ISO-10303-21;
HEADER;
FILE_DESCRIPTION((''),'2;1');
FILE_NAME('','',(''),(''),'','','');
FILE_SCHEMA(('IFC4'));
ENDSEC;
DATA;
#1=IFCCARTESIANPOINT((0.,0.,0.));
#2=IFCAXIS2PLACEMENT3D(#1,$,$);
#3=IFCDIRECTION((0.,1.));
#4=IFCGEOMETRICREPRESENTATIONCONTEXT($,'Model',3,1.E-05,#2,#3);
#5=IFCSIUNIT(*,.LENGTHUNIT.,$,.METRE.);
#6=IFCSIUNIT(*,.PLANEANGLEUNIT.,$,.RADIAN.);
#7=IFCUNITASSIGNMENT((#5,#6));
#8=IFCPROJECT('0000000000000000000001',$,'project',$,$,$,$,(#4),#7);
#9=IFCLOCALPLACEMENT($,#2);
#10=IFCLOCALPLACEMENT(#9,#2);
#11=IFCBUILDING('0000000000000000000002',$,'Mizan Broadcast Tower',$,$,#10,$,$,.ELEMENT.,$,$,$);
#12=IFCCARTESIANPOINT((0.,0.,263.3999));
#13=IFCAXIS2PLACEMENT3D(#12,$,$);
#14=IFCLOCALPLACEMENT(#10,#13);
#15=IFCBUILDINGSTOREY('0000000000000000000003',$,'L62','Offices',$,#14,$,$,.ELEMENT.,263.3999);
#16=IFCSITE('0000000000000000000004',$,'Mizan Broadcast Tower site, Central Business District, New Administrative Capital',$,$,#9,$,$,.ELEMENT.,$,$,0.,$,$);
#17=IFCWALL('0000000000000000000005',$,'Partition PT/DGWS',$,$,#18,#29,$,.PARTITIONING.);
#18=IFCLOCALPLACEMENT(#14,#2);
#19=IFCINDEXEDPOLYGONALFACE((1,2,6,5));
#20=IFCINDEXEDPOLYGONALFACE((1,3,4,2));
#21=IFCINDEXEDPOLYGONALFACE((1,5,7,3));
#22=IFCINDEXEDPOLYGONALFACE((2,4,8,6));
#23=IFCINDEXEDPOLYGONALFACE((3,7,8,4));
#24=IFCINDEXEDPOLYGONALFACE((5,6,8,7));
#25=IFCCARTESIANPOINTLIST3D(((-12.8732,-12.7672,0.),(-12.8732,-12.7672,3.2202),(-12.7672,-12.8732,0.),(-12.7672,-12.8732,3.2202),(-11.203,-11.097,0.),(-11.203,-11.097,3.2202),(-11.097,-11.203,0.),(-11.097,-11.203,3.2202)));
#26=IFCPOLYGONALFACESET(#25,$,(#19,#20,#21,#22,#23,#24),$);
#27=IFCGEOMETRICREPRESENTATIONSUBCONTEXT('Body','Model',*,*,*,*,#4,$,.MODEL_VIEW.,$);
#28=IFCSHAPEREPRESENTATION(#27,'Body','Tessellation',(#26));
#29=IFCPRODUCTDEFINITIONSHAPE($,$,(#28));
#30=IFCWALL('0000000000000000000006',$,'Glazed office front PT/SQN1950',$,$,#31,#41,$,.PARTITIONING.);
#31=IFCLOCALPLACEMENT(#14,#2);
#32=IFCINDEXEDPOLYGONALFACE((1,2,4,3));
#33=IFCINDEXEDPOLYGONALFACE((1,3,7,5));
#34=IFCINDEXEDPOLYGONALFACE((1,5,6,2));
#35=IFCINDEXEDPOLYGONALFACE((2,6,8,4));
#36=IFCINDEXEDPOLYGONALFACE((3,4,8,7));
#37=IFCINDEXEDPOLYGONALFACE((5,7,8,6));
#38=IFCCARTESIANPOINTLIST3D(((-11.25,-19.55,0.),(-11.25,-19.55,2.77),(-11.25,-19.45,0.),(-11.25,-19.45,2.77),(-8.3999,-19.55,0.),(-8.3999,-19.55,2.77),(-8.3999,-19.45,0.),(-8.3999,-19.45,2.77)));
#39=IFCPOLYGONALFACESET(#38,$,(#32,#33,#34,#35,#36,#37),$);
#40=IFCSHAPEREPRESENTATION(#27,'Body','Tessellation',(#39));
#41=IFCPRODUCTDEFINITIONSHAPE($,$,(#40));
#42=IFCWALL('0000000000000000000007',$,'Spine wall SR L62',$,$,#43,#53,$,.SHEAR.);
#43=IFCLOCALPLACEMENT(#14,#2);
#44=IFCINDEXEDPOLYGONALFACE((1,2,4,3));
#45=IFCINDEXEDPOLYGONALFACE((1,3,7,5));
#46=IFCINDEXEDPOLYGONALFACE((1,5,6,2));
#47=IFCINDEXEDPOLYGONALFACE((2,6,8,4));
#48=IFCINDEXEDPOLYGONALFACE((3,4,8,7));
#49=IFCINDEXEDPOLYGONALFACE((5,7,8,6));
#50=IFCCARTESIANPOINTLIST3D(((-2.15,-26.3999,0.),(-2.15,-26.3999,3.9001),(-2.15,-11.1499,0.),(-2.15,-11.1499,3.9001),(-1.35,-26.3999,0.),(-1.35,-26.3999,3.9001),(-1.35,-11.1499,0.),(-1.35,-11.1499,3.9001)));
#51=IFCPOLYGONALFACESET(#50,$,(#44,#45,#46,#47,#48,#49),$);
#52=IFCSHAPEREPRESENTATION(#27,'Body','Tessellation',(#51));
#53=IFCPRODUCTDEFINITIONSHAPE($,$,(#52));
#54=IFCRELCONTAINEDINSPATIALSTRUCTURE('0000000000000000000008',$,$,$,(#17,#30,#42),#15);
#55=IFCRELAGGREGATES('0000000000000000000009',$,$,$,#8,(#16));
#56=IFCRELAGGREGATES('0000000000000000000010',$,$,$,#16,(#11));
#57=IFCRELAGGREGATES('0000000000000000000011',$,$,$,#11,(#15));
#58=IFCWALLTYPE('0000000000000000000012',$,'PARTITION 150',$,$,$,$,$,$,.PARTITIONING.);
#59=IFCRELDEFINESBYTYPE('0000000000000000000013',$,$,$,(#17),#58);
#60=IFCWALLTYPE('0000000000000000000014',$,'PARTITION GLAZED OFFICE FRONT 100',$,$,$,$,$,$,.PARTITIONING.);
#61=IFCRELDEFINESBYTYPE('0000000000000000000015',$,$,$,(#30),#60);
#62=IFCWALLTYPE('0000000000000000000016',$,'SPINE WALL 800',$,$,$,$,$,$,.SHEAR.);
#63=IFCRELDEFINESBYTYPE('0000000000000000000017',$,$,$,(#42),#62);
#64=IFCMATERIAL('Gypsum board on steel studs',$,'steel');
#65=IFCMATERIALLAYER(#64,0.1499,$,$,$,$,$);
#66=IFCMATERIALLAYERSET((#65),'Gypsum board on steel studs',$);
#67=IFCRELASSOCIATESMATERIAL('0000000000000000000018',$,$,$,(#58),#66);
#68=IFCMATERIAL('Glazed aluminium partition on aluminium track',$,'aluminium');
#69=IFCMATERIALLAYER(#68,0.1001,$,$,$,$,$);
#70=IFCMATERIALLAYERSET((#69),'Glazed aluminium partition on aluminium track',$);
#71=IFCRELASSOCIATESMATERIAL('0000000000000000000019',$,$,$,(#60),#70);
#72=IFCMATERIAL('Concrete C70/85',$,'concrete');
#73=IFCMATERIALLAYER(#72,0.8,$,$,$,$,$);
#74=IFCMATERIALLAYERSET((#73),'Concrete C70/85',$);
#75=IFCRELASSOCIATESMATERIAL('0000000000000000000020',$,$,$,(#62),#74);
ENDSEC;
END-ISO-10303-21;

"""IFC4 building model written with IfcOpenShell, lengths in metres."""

from ifc_helpers import new_model, si_unit, direction, frame, frame_2d, origin, place, context, subcontext, project, spatial, rectangle, extrude, material, layer, layer_set, type_object, element, save


model = new_model("IFC4")

# Units and contexts
model_context = context("Model", 3, precision=1e-05, world=origin(), true_north=direction((0.0, 1.0)))
body_context = subcontext(model_context, "Body", "Model", "MODEL_VIEW")
ifc_project = project(units=[si_unit("LENGTHUNIT", "METRE"), si_unit("PLANEANGLEUNIT", "RADIAN")], contexts=[model_context])

# Site, building, storey
site_placement = place(None, origin())
site = spatial("IfcSite", under=ifc_project, at=site_placement, Name="Mizan Broadcast Tower site, Central Business District, New Administrative Capital", CompositionType="ELEMENT", RefElevation=0.0)
building_placement = place(site_placement, origin())
building = spatial("IfcBuilding", under=site, at=building_placement, Name="Mizan Broadcast Tower", CompositionType="ELEMENT")
storey_placement = place(building_placement, frame((0.0, 0.0, 263.3999)))
storey = spatial("IfcBuildingStorey", under=building, at=storey_placement, Name="L62", Description="Offices", CompositionType="ELEMENT", Elevation=263.3999)

# Walls
ifc_material_1 = material(Name="Gypsum board on steel studs", Category="steel")
ifc_layer_1 = layer(ifc_material_1, 0.1499)
ifc_layer_set_1 = layer_set([ifc_layer_1], Name="Gypsum board on steel studs")
wall_type_1 = type_object("IfcWallType", Name="PARTITION 150", PredefinedType="PARTITIONING", material=ifc_layer_set_1)
wall_1_placement = place(storey_placement, frame((-11.1499, -11.1499, 0.0), z_axis=(0.0, 0.0, 1.0), x_axis=(-0.707107, -0.707107, 0.0)))
element("IfcWall", 1, at=wall_1_placement, inside=storey, type_object=wall_type_1, Name="Partition PT/DGWS", PredefinedType="PARTITIONING", context=body_context, shape_type="SweptSolid", body=[
    extrude(rectangle(XDim=2.3621, YDim=0.1499, at=frame_2d((1.1812, 0.0))), origin(), (0.0, 0.0, 1.0), 3.2202),
])
ifc_material_2 = material(Name="Glazed aluminium partition on aluminium track", Category="aluminium")
ifc_layer_2 = layer(ifc_material_2, 0.1001)
ifc_layer_set_2 = layer_set([ifc_layer_2], Name="Glazed aluminium partition on aluminium track")
wall_type_2 = type_object("IfcWallType", Name="PARTITION GLAZED OFFICE FRONT 100", PredefinedType="PARTITIONING", material=ifc_layer_set_2)
wall_2_placement = place(storey_placement, frame((-8.3999, -19.5, 0.0), z_axis=(0.0, 0.0, 1.0), x_axis=(-1.0, 0.0, 0.0)))
element("IfcWall", 2, at=wall_2_placement, inside=storey, type_object=wall_type_2, Name="Glazed office front PT/SQN1950", PredefinedType="PARTITIONING", context=body_context, shape_type="SweptSolid", body=[
    extrude(rectangle(XDim=2.8501, YDim=0.1001, at=frame_2d((1.425, 0.0))), origin(), (0.0, 0.0, 1.0), 2.77),
])
ifc_material_3 = material(Name="Concrete C70/85", Category="concrete")
ifc_layer_3 = layer(ifc_material_3, 0.8)
ifc_layer_set_3 = layer_set([ifc_layer_3], Name="Concrete C70/85")
wall_type_3 = type_object("IfcWallType", Name="SPINE WALL 800", PredefinedType="SHEAR", material=ifc_layer_set_3)
wall_3_placement = place(storey_placement, frame((-1.75, -11.1499, 0.0), z_axis=(0.0, 0.0, 1.0), x_axis=(0.0, -1.0, 0.0)))
element("IfcWall", 3, at=wall_3_placement, inside=storey, type_object=wall_type_3, Name="Spine wall SR L62", PredefinedType="SHEAR", context=body_context, shape_type="SweptSolid", body=[
    extrude(rectangle(XDim=15.25, YDim=0.8, at=frame_2d((7.625, 0.0))), origin(), (0.0, 0.0, 1.0), 3.9001),
])

save(model, "model.ifc")
